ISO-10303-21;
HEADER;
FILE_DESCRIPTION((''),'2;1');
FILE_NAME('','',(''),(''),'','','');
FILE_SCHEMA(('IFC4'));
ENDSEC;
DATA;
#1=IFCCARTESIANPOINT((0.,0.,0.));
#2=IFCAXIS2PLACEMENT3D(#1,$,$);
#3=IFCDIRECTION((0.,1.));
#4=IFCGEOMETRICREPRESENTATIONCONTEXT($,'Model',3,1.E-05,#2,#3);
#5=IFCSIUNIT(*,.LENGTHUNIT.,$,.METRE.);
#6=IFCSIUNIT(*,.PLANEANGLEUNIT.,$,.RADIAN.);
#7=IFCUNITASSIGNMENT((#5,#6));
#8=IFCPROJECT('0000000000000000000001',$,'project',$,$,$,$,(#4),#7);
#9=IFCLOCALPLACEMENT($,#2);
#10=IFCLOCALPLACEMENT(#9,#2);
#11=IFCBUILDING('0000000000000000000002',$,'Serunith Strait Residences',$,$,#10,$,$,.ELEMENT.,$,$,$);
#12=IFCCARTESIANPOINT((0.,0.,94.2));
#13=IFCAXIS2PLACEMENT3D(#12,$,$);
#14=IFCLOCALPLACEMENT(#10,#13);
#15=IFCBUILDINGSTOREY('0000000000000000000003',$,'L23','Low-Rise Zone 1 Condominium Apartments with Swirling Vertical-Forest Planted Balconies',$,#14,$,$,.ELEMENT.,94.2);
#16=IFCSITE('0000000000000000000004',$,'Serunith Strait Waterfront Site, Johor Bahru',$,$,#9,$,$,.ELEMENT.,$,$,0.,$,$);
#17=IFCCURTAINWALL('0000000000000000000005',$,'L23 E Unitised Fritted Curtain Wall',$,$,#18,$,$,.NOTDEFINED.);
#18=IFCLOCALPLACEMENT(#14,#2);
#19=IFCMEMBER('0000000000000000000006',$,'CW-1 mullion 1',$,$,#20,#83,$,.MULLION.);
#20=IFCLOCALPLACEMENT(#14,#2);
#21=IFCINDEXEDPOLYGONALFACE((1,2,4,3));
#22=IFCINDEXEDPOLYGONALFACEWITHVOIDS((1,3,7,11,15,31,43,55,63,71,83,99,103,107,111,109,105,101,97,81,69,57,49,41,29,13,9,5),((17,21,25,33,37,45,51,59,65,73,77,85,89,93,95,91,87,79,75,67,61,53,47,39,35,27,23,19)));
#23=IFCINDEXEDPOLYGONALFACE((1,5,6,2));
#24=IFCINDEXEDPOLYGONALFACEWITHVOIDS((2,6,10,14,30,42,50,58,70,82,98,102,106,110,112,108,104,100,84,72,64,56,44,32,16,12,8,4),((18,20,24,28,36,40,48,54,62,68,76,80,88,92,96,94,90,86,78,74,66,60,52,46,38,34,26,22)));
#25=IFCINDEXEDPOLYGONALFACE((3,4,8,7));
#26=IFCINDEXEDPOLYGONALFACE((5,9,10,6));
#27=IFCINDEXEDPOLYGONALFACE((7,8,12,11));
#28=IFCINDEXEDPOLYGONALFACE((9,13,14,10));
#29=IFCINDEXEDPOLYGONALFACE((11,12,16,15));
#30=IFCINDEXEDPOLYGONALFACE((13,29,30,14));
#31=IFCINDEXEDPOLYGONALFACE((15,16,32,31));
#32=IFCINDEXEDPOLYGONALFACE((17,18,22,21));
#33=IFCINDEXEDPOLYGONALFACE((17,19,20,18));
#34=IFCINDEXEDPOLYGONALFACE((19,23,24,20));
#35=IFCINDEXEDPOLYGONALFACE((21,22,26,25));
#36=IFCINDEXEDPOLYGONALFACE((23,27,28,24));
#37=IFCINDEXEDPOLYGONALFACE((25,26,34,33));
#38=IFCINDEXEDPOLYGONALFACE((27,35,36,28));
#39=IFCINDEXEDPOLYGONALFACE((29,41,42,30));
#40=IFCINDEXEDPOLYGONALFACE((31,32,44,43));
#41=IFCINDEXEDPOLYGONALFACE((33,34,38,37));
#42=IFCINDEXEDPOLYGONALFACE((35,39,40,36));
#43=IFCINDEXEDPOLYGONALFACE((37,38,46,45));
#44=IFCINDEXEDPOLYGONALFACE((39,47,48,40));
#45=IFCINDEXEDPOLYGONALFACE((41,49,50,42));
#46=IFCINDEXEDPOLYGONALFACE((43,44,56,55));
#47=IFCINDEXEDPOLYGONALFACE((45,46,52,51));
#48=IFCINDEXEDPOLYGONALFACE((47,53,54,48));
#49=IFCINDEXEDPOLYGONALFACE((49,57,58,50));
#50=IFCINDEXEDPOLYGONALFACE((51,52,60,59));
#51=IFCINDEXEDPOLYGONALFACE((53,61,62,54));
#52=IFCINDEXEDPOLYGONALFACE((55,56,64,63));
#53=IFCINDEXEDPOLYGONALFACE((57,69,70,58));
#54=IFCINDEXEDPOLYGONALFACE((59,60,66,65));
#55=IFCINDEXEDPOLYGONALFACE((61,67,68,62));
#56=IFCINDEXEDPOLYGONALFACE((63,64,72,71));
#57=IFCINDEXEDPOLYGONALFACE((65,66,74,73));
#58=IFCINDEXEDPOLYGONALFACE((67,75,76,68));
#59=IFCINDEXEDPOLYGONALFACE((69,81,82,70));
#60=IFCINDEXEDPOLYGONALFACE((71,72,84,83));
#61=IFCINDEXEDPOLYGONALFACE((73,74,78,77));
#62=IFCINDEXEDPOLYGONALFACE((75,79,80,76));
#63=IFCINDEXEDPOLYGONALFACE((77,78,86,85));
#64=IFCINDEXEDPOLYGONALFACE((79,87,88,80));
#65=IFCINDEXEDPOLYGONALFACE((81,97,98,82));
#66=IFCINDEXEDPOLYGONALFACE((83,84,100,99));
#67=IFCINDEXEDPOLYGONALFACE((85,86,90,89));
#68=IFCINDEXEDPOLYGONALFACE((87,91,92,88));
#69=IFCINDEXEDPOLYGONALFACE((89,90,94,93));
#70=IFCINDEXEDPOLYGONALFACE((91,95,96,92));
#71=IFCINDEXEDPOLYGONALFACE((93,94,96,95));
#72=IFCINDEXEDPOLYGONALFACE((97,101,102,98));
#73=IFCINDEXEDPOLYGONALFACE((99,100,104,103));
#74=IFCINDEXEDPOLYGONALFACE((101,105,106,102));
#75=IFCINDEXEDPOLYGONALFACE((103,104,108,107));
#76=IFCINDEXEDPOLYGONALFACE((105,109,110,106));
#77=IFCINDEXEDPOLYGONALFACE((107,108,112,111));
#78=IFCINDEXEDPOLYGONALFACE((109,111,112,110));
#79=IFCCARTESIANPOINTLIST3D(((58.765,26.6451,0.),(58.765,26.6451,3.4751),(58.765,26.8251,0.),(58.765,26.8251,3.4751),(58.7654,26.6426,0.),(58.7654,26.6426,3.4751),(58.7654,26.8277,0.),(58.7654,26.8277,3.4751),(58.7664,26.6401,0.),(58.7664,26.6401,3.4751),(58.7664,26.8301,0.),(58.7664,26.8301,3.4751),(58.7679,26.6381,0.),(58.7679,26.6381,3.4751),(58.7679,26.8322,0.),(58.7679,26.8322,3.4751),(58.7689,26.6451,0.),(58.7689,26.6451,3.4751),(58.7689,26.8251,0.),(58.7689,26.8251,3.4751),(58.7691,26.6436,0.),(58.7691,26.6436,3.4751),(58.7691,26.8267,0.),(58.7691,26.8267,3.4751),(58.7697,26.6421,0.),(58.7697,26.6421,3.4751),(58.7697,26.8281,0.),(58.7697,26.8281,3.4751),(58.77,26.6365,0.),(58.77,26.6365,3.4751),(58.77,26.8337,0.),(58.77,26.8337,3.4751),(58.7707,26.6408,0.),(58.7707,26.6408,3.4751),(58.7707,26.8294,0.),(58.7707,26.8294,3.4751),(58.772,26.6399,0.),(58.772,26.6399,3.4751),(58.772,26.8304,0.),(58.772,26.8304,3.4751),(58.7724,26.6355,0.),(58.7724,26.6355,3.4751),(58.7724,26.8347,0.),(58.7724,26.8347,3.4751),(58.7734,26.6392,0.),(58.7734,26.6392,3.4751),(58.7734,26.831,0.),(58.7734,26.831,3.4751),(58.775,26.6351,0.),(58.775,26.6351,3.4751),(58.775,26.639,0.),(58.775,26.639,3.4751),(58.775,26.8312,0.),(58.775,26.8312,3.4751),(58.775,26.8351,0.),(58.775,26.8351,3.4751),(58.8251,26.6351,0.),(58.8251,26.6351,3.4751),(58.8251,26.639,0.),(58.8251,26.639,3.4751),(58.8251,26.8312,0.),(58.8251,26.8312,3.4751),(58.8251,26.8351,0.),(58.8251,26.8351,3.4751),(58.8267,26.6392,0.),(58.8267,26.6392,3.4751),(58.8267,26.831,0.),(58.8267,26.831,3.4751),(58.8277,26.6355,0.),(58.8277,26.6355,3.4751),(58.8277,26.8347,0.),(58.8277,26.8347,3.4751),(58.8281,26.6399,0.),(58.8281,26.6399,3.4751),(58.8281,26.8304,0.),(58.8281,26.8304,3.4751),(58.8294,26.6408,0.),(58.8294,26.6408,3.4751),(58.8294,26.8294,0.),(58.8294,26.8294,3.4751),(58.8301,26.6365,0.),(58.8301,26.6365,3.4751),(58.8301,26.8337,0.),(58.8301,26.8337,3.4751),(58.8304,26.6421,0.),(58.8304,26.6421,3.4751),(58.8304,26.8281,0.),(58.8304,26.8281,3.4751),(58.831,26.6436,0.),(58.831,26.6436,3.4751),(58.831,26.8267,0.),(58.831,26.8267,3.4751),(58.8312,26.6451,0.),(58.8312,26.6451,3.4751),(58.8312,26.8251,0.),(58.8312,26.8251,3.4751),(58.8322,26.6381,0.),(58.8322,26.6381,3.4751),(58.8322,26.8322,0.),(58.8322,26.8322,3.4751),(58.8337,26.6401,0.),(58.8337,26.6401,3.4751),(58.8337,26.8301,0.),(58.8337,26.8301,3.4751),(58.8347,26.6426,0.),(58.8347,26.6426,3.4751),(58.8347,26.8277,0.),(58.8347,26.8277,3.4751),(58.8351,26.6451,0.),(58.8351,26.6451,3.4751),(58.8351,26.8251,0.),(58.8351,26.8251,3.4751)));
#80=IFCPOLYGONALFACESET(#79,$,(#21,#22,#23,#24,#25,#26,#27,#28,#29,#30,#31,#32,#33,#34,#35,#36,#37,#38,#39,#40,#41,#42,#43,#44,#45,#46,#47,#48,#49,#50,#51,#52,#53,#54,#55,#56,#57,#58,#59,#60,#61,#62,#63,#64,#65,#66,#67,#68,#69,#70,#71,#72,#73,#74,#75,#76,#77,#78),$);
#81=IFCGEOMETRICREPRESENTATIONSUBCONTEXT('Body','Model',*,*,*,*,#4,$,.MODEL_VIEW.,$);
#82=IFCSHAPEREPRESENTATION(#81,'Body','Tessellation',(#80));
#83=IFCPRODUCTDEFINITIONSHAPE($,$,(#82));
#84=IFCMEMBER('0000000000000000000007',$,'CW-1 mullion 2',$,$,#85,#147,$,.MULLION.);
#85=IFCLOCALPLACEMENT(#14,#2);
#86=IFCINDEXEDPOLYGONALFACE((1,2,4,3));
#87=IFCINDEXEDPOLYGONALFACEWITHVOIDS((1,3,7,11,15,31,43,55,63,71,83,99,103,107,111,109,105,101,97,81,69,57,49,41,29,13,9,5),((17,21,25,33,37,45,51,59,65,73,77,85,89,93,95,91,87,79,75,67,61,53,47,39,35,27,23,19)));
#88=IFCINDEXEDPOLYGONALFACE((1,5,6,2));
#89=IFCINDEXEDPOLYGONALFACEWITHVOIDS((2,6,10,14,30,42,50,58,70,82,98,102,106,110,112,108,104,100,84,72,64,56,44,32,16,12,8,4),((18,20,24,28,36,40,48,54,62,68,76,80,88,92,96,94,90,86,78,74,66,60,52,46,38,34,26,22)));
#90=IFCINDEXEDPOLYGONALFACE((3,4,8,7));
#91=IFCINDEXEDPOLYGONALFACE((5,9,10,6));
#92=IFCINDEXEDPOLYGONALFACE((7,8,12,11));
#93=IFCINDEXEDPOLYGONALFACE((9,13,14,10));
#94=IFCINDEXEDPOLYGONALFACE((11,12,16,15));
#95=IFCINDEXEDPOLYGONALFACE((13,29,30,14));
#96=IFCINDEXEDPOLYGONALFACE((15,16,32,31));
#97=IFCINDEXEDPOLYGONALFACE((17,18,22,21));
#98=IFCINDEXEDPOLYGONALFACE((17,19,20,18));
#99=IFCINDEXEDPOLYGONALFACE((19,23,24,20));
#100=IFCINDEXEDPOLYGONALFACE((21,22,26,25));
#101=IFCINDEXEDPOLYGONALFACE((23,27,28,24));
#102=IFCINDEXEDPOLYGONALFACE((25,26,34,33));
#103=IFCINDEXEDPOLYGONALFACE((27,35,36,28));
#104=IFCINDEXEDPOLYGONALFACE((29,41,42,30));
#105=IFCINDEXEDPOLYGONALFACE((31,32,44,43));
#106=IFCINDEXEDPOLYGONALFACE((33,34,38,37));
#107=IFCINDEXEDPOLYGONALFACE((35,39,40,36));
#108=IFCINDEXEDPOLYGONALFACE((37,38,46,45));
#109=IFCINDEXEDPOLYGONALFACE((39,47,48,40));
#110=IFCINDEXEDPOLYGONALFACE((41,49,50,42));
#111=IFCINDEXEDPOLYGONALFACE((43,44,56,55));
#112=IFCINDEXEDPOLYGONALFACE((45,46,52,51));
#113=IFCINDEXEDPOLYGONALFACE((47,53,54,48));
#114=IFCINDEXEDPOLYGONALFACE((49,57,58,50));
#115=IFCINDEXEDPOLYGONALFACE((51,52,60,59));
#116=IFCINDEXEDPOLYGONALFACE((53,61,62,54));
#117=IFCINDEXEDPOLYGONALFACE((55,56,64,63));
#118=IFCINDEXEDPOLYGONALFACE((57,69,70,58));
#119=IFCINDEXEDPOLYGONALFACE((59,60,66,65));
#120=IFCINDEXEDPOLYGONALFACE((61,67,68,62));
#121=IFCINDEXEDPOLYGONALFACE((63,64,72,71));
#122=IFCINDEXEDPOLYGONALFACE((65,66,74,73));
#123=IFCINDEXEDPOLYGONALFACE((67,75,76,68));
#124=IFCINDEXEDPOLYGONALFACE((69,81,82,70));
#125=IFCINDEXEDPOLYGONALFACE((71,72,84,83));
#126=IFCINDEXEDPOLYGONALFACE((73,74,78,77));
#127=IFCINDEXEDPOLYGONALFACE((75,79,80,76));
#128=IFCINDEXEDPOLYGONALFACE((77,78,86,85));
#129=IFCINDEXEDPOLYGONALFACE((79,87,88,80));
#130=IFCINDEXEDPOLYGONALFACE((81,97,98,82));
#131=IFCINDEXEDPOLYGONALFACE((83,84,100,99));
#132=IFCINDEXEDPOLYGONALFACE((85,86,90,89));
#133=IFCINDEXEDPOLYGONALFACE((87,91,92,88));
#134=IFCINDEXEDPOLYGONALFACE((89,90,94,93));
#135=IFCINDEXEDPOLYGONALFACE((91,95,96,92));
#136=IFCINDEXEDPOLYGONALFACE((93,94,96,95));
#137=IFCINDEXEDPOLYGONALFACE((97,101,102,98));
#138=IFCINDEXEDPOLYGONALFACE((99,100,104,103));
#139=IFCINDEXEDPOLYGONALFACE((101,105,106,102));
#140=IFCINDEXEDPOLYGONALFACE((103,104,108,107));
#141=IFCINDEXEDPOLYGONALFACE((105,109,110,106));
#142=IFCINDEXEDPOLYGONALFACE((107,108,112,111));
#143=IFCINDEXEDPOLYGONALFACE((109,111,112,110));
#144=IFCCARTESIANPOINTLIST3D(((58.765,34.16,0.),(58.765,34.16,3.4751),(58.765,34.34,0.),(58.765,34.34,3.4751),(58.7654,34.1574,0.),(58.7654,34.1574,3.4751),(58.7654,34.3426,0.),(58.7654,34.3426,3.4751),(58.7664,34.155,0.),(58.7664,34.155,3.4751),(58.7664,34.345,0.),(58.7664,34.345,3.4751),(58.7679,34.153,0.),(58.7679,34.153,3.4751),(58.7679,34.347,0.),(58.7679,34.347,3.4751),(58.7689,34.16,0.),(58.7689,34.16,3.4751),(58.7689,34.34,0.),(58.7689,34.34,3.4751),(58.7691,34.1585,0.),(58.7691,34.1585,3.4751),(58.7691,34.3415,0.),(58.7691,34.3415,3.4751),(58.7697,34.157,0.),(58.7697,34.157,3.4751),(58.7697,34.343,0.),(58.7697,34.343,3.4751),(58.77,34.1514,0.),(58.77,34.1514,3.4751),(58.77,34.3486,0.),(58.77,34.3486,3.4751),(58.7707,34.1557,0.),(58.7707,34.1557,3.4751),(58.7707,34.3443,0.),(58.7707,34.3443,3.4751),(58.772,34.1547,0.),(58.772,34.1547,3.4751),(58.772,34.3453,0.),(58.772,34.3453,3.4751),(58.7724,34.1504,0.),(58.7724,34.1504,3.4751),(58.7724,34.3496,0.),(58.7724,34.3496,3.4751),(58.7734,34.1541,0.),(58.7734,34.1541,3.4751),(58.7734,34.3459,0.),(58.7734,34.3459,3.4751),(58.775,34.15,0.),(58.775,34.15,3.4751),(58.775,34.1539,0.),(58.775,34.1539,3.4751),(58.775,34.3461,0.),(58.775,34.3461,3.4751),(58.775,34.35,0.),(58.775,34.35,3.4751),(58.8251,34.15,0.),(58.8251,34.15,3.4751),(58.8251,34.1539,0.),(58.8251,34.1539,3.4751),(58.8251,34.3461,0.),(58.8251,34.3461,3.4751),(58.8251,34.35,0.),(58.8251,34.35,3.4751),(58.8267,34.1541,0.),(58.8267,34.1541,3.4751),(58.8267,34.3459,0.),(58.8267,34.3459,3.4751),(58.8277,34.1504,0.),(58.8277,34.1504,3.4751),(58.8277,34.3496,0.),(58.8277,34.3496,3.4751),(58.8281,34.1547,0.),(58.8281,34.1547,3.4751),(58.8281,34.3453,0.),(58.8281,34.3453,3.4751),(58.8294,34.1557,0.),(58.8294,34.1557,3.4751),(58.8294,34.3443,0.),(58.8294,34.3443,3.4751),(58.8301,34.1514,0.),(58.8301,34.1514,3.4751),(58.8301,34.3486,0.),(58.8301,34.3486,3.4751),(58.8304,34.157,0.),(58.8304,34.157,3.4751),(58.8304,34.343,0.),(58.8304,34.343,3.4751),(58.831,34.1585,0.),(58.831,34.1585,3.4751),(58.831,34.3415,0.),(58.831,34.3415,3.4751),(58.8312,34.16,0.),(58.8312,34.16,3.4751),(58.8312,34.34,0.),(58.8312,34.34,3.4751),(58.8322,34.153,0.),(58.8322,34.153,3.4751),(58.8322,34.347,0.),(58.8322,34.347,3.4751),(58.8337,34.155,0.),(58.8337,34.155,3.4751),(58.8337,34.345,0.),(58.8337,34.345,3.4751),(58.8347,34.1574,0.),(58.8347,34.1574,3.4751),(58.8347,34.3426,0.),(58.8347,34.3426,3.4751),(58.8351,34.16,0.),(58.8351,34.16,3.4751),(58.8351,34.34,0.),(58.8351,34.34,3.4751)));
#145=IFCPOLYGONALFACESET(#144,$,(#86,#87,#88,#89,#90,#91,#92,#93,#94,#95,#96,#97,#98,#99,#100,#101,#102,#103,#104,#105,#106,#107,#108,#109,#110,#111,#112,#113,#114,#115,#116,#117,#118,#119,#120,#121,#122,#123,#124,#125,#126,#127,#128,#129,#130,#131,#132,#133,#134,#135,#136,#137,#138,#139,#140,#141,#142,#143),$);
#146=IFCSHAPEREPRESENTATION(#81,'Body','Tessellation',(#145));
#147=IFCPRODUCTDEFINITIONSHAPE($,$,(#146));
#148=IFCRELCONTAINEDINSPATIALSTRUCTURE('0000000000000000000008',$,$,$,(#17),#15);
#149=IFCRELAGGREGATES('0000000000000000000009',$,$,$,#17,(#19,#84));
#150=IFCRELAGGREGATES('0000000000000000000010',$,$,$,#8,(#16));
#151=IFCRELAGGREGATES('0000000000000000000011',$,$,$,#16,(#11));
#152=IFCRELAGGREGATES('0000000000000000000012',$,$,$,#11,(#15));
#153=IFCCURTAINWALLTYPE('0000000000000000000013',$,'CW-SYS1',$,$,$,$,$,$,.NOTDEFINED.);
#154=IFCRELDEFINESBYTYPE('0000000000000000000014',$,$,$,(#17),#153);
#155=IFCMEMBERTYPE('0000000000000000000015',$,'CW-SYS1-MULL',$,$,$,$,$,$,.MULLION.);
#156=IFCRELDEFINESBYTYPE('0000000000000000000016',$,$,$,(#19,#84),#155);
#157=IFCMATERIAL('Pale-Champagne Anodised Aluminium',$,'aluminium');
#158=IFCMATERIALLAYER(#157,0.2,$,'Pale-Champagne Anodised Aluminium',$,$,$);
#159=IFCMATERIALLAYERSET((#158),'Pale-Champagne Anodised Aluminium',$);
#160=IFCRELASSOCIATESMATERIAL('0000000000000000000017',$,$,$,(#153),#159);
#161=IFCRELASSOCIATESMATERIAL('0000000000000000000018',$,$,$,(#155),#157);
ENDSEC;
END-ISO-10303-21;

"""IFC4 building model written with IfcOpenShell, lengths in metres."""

from ifc_helpers import new_model, si_unit, direction, frame, origin, origin_2d, place, context, subcontext, project, spatial, hollow_rectangle, extrude, source, transform, mapped, material, layer, layer_set, material_profile, profile_set, type_object, element, aggregate, save


model = new_model("IFC4")

# Units and contexts
model_context = context("Model", 3, precision=1e-05, world=origin(), true_north=direction((0.0, 1.0)))
body_context = subcontext(model_context, "Body", "Model", "MODEL_VIEW")
ifc_project = project(units=[si_unit("LENGTHUNIT", "METRE"), si_unit("PLANEANGLEUNIT", "RADIAN")], contexts=[model_context])

# Site, building, storey
site_placement = place(None, origin())
site = spatial("IfcSite", under=ifc_project, at=site_placement, Name="Serunith Strait Waterfront Site, Johor Bahru", CompositionType="ELEMENT", RefElevation=0.0)
building_placement = place(site_placement, origin())
building = spatial("IfcBuilding", under=site, at=building_placement, Name="Serunith Strait Residences", CompositionType="ELEMENT")
storey_placement = place(building_placement, frame((0.0, 0.0, 94.2)))
storey = spatial("IfcBuildingStorey", under=building, at=storey_placement, Name="L23", Description="Low-Rise Zone 1 Condominium Apartments with Swirling Vertical-Forest Planted Balconies", CompositionType="ELEMENT", Elevation=94.2)

# Curtain wall, members
ifc_material_1 = material(Name="Pale-Champagne Anodised Aluminium", Category="aluminium")
ifc_layer_1 = layer(ifc_material_1, 0.2, Name="Pale-Champagne Anodised Aluminium")
ifc_layer_set_1 = layer_set([ifc_layer_1], Name="Pale-Champagne Anodised Aluminium")
curtain_wall_type = type_object("IfcCurtainWallType", Name="CW-SYS1", PredefinedType="NOTDEFINED", material=ifc_layer_set_1)
curtain_wall_placement = place(storey_placement, origin())
curtain_wall = element("IfcCurtainWall", 1, at=curtain_wall_placement, inside=storey, type_object=curtain_wall_type, Name="L23 E Unitised Fritted Curtain Wall", PredefinedType="NOTDEFINED")
ifc_material_profile_1 = material_profile(ifc_material_1, hollow_rectangle(XDim=0.0701, YDim=0.2, WallThickness=0.0039, InnerFilletRadius=0.0061, OuterFilletRadius=0.01, at=origin_2d()), Name="ALU 200x70x4")
ifc_profile_set_1 = profile_set([ifc_material_profile_1], Name="Pale-Champagne Anodised Aluminium")
member_type_1 = type_object("IfcMemberType", Name="CW-SYS1-MULL", PredefinedType="MULLION", material=ifc_profile_set_1)
shared_shape_1 = source(origin(), body_context, "Body", "SweptSolid", [
    extrude(hollow_rectangle(XDim=0.0701, YDim=0.2, WallThickness=0.0039, InnerFilletRadius=0.0061, OuterFilletRadius=0.01, at=origin_2d()), origin(), (0.0, 0.0, 1.0), 3.4751),
])
member_1_placement = place(storey_placement, frame((58.8, 26.7351, 0.0), z_axis=(0.0, 0.0, 1.0), x_axis=(-1.0, 0.0, 0.0)))
member_1 = element("IfcMember", 2, at=member_1_placement, type_object=member_type_1, Name="CW-1 mullion 1", PredefinedType="MULLION", context=body_context, shape_type="MappedRepresentation", body=[
    mapped(shared_shape_1, transform((0.0, 0.0, 0.0), scale=1.0)),
])
member_2_placement = place(storey_placement, frame((58.8, 34.25, 0.0), z_axis=(0.0, 0.0, 1.0), x_axis=(-1.0, 0.0, 0.0)))
member_2 = element("IfcMember", 3, at=member_2_placement, type_object=member_type_1, Name="CW-1 mullion 2", PredefinedType="MULLION", context=body_context, shape_type="MappedRepresentation", body=[
    mapped(shared_shape_1, transform((0.0, 0.0, 0.0), scale=1.0)),
])
aggregate(curtain_wall, [member_1, member_2])

save(model, "model.ifc")
